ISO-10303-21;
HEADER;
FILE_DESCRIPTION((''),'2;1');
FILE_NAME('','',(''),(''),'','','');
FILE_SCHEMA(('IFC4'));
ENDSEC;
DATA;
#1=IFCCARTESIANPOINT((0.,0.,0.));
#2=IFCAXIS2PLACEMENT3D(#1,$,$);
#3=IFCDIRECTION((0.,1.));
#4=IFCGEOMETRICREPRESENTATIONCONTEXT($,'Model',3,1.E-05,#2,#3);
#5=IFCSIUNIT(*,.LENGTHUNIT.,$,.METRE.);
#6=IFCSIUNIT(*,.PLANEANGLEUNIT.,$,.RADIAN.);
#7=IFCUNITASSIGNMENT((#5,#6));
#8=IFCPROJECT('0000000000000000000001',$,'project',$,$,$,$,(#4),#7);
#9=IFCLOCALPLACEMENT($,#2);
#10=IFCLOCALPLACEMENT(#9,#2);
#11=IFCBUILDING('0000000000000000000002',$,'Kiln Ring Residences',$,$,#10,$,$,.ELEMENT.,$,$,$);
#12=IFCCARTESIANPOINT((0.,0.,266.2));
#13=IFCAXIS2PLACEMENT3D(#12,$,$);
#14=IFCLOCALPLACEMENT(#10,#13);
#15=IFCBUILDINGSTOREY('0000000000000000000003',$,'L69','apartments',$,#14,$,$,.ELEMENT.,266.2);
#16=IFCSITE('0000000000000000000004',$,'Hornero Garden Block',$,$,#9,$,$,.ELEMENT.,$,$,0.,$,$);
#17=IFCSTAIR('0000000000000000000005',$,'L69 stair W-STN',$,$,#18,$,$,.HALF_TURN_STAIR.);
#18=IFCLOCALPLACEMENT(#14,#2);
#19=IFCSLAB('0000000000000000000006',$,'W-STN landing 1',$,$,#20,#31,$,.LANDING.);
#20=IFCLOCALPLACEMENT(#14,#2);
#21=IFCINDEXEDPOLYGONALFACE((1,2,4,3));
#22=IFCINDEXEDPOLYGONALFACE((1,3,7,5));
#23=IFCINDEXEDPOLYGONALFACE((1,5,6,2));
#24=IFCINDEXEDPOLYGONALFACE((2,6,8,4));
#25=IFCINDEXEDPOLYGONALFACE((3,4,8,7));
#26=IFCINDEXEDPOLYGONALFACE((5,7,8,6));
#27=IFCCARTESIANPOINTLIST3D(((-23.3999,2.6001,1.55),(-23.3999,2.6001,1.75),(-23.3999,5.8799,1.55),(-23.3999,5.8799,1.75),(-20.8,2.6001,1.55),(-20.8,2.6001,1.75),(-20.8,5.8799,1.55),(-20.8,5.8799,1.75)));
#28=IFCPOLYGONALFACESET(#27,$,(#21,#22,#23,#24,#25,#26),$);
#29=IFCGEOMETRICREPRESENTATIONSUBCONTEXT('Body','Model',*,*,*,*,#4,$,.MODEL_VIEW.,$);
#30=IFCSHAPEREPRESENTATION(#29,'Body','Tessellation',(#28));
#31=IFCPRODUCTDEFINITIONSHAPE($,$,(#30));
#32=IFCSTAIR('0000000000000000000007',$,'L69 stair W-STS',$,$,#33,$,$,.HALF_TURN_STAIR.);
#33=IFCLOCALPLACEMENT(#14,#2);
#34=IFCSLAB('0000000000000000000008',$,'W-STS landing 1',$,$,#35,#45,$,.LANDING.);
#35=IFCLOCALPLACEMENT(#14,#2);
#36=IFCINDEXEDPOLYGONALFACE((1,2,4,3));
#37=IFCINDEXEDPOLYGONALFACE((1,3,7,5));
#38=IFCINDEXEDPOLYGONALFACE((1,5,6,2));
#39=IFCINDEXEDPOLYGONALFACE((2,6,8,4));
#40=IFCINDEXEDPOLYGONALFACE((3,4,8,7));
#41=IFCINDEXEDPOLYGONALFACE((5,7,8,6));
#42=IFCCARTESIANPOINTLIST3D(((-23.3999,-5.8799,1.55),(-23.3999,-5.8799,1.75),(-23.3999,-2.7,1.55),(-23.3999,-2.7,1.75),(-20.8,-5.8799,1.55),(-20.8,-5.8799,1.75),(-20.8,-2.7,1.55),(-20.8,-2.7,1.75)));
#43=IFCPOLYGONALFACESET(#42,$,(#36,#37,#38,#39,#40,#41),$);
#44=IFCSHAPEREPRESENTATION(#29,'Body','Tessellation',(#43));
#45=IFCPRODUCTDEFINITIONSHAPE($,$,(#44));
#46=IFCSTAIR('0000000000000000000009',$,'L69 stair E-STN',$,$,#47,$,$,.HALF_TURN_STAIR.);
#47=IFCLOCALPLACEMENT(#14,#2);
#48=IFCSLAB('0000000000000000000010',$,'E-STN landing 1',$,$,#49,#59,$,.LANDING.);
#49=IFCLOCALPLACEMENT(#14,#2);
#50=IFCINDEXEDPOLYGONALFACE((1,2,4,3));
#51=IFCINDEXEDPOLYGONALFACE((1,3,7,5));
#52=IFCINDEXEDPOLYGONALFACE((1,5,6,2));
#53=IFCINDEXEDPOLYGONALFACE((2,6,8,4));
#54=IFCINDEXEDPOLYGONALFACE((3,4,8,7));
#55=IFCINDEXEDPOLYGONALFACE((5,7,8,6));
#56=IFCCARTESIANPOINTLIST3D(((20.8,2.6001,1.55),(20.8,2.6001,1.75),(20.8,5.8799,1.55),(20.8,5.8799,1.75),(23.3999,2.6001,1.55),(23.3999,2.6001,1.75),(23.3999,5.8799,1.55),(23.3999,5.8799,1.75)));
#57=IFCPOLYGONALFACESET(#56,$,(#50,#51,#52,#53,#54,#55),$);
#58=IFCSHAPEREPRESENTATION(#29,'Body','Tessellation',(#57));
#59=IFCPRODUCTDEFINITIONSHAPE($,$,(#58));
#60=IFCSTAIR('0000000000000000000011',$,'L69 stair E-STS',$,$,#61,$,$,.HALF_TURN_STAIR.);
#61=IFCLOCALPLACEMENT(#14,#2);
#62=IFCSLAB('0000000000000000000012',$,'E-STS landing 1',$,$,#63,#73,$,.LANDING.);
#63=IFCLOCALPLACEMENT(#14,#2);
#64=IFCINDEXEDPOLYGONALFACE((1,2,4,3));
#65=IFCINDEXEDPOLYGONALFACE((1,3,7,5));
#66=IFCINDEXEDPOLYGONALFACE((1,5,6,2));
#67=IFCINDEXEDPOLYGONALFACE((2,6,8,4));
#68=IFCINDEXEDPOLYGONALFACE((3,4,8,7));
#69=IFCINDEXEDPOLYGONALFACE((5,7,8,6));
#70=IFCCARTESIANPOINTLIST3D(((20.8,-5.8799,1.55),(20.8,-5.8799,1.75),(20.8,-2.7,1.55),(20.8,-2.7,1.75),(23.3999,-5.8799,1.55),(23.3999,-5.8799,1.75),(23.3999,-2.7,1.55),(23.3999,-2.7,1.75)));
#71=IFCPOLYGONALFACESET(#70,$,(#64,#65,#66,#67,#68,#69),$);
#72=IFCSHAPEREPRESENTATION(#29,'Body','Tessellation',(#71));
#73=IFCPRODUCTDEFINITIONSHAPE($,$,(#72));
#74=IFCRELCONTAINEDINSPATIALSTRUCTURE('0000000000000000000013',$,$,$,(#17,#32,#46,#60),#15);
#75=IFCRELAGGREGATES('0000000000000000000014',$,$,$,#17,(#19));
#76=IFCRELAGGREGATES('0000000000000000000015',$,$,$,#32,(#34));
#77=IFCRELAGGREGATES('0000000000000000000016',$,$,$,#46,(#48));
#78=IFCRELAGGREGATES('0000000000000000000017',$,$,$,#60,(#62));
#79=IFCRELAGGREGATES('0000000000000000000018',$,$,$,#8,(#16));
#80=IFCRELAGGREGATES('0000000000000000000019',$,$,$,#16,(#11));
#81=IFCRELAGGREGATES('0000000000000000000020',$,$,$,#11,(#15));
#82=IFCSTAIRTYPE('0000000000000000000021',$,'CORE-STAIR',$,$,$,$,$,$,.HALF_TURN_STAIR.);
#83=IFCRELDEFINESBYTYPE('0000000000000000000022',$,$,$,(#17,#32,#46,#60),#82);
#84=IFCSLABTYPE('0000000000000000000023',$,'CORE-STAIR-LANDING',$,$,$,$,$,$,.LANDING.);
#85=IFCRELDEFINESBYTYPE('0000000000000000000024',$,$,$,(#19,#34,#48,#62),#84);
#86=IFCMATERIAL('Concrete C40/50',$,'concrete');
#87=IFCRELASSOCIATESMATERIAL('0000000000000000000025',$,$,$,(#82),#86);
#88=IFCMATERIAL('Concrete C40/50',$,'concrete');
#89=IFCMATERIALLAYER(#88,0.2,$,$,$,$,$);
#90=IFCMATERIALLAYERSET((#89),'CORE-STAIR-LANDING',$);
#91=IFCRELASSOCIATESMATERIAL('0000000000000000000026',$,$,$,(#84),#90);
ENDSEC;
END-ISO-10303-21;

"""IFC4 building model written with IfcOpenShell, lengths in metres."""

from ifc_helpers import new_model, si_unit, direction, frame, origin, place, context, subcontext, project, spatial, polyline, outline, extrude, material, layer, layer_set, type_object, element, aggregate, save


model = new_model("IFC4")

# Units and contexts
model_context = context("Model", 3, precision=1e-05, world=origin(), true_north=direction((0.0, 1.0)))
body_context = subcontext(model_context, "Body", "Model", "MODEL_VIEW")
ifc_project = project(units=[si_unit("LENGTHUNIT", "METRE"), si_unit("PLANEANGLEUNIT", "RADIAN")], contexts=[model_context])

# Site, building, storey
site_placement = place(None, origin())
site = spatial("IfcSite", under=ifc_project, at=site_placement, Name="Hornero Garden Block", CompositionType="ELEMENT", RefElevation=0.0)
building_placement = place(site_placement, origin())
building = spatial("IfcBuilding", under=site, at=building_placement, Name="Kiln Ring Residences", CompositionType="ELEMENT")
storey_placement = place(building_placement, frame((0.0, 0.0, 266.2)))
storey = spatial("IfcBuildingStorey", under=building, at=storey_placement, Name="L69", Description="apartments", CompositionType="ELEMENT", Elevation=266.2)

# Stairs, slabs
ifc_material_1 = material(Name="Concrete C40/50", Category="concrete")
stair_type = type_object("IfcStairType", Name="CORE-STAIR", PredefinedType="HALF_TURN_STAIR", material=ifc_material_1)
placement_1 = place(storey_placement, origin())
stair_1 = element("IfcStair", 1, at=placement_1, inside=storey, type_object=stair_type, Name="L69 stair W-STN", PredefinedType="HALF_TURN_STAIR")
ifc_material_2 = material(Name="Concrete C40/50", Category="concrete")
ifc_layer_1 = layer(ifc_material_2, 0.2)
ifc_layer_set_1 = layer_set([ifc_layer_1], Name="CORE-STAIR-LANDING")
slab_type = type_object("IfcSlabType", Name="CORE-STAIR-LANDING", PredefinedType="LANDING", material=ifc_layer_set_1)
placement_2 = place(storey_placement, frame((0.0, 0.0, 1.55)))
slab_1 = element("IfcSlab", 2, at=placement_2, type_object=slab_type, Name="W-STN landing 1", PredefinedType="LANDING", context=body_context, shape_type="SweptSolid", body=[
    extrude(outline(polyline([(-23.3999, 5.8799), (-23.3999, 2.6001), (-20.8, 2.6001), (-20.8, 5.8799), (-23.3999, 5.8799)])), origin(), (0.0, 0.0, 1.0), 0.2),
])
aggregate(stair_1, [slab_1])
stair_2 = element("IfcStair", 3, at=placement_1, inside=storey, type_object=stair_type, Name="L69 stair W-STS", PredefinedType="HALF_TURN_STAIR")
slab_2 = element("IfcSlab", 4, at=placement_2, type_object=slab_type, Name="W-STS landing 1", PredefinedType="LANDING", context=body_context, shape_type="SweptSolid", body=[
    extrude(outline(polyline([(-20.8, -5.8799), (-20.8, -2.7), (-23.3999, -2.7), (-23.3999, -5.8799), (-20.8, -5.8799)])), origin(), (0.0, 0.0, 1.0), 0.2),
])
aggregate(stair_2, [slab_2])
stair_3 = element("IfcStair", 5, at=placement_1, inside=storey, type_object=stair_type, Name="L69 stair E-STN", PredefinedType="HALF_TURN_STAIR")
slab_3 = element("IfcSlab", 6, at=placement_2, type_object=slab_type, Name="E-STN landing 1", PredefinedType="LANDING", context=body_context, shape_type="SweptSolid", body=[
    extrude(outline(polyline([(20.8, 5.8799), (20.8, 2.6001), (23.3999, 2.6001), (23.3999, 5.8799), (20.8, 5.8799)])), origin(), (0.0, 0.0, 1.0), 0.2),
])
aggregate(stair_3, [slab_3])
stair_4 = element("IfcStair", 7, at=placement_1, inside=storey, type_object=stair_type, Name="L69 stair E-STS", PredefinedType="HALF_TURN_STAIR")
slab_4 = element("IfcSlab", 8, at=placement_2, type_object=slab_type, Name="E-STS landing 1", PredefinedType="LANDING", context=body_context, shape_type="SweptSolid", body=[
    extrude(outline(polyline([(23.3999, -5.8799), (23.3999, -2.7), (20.8, -2.7), (20.8, -5.8799), (23.3999, -5.8799)])), origin(), (0.0, 0.0, 1.0), 0.2),
])
aggregate(stair_4, [slab_4])

save(model, "model.ifc")
